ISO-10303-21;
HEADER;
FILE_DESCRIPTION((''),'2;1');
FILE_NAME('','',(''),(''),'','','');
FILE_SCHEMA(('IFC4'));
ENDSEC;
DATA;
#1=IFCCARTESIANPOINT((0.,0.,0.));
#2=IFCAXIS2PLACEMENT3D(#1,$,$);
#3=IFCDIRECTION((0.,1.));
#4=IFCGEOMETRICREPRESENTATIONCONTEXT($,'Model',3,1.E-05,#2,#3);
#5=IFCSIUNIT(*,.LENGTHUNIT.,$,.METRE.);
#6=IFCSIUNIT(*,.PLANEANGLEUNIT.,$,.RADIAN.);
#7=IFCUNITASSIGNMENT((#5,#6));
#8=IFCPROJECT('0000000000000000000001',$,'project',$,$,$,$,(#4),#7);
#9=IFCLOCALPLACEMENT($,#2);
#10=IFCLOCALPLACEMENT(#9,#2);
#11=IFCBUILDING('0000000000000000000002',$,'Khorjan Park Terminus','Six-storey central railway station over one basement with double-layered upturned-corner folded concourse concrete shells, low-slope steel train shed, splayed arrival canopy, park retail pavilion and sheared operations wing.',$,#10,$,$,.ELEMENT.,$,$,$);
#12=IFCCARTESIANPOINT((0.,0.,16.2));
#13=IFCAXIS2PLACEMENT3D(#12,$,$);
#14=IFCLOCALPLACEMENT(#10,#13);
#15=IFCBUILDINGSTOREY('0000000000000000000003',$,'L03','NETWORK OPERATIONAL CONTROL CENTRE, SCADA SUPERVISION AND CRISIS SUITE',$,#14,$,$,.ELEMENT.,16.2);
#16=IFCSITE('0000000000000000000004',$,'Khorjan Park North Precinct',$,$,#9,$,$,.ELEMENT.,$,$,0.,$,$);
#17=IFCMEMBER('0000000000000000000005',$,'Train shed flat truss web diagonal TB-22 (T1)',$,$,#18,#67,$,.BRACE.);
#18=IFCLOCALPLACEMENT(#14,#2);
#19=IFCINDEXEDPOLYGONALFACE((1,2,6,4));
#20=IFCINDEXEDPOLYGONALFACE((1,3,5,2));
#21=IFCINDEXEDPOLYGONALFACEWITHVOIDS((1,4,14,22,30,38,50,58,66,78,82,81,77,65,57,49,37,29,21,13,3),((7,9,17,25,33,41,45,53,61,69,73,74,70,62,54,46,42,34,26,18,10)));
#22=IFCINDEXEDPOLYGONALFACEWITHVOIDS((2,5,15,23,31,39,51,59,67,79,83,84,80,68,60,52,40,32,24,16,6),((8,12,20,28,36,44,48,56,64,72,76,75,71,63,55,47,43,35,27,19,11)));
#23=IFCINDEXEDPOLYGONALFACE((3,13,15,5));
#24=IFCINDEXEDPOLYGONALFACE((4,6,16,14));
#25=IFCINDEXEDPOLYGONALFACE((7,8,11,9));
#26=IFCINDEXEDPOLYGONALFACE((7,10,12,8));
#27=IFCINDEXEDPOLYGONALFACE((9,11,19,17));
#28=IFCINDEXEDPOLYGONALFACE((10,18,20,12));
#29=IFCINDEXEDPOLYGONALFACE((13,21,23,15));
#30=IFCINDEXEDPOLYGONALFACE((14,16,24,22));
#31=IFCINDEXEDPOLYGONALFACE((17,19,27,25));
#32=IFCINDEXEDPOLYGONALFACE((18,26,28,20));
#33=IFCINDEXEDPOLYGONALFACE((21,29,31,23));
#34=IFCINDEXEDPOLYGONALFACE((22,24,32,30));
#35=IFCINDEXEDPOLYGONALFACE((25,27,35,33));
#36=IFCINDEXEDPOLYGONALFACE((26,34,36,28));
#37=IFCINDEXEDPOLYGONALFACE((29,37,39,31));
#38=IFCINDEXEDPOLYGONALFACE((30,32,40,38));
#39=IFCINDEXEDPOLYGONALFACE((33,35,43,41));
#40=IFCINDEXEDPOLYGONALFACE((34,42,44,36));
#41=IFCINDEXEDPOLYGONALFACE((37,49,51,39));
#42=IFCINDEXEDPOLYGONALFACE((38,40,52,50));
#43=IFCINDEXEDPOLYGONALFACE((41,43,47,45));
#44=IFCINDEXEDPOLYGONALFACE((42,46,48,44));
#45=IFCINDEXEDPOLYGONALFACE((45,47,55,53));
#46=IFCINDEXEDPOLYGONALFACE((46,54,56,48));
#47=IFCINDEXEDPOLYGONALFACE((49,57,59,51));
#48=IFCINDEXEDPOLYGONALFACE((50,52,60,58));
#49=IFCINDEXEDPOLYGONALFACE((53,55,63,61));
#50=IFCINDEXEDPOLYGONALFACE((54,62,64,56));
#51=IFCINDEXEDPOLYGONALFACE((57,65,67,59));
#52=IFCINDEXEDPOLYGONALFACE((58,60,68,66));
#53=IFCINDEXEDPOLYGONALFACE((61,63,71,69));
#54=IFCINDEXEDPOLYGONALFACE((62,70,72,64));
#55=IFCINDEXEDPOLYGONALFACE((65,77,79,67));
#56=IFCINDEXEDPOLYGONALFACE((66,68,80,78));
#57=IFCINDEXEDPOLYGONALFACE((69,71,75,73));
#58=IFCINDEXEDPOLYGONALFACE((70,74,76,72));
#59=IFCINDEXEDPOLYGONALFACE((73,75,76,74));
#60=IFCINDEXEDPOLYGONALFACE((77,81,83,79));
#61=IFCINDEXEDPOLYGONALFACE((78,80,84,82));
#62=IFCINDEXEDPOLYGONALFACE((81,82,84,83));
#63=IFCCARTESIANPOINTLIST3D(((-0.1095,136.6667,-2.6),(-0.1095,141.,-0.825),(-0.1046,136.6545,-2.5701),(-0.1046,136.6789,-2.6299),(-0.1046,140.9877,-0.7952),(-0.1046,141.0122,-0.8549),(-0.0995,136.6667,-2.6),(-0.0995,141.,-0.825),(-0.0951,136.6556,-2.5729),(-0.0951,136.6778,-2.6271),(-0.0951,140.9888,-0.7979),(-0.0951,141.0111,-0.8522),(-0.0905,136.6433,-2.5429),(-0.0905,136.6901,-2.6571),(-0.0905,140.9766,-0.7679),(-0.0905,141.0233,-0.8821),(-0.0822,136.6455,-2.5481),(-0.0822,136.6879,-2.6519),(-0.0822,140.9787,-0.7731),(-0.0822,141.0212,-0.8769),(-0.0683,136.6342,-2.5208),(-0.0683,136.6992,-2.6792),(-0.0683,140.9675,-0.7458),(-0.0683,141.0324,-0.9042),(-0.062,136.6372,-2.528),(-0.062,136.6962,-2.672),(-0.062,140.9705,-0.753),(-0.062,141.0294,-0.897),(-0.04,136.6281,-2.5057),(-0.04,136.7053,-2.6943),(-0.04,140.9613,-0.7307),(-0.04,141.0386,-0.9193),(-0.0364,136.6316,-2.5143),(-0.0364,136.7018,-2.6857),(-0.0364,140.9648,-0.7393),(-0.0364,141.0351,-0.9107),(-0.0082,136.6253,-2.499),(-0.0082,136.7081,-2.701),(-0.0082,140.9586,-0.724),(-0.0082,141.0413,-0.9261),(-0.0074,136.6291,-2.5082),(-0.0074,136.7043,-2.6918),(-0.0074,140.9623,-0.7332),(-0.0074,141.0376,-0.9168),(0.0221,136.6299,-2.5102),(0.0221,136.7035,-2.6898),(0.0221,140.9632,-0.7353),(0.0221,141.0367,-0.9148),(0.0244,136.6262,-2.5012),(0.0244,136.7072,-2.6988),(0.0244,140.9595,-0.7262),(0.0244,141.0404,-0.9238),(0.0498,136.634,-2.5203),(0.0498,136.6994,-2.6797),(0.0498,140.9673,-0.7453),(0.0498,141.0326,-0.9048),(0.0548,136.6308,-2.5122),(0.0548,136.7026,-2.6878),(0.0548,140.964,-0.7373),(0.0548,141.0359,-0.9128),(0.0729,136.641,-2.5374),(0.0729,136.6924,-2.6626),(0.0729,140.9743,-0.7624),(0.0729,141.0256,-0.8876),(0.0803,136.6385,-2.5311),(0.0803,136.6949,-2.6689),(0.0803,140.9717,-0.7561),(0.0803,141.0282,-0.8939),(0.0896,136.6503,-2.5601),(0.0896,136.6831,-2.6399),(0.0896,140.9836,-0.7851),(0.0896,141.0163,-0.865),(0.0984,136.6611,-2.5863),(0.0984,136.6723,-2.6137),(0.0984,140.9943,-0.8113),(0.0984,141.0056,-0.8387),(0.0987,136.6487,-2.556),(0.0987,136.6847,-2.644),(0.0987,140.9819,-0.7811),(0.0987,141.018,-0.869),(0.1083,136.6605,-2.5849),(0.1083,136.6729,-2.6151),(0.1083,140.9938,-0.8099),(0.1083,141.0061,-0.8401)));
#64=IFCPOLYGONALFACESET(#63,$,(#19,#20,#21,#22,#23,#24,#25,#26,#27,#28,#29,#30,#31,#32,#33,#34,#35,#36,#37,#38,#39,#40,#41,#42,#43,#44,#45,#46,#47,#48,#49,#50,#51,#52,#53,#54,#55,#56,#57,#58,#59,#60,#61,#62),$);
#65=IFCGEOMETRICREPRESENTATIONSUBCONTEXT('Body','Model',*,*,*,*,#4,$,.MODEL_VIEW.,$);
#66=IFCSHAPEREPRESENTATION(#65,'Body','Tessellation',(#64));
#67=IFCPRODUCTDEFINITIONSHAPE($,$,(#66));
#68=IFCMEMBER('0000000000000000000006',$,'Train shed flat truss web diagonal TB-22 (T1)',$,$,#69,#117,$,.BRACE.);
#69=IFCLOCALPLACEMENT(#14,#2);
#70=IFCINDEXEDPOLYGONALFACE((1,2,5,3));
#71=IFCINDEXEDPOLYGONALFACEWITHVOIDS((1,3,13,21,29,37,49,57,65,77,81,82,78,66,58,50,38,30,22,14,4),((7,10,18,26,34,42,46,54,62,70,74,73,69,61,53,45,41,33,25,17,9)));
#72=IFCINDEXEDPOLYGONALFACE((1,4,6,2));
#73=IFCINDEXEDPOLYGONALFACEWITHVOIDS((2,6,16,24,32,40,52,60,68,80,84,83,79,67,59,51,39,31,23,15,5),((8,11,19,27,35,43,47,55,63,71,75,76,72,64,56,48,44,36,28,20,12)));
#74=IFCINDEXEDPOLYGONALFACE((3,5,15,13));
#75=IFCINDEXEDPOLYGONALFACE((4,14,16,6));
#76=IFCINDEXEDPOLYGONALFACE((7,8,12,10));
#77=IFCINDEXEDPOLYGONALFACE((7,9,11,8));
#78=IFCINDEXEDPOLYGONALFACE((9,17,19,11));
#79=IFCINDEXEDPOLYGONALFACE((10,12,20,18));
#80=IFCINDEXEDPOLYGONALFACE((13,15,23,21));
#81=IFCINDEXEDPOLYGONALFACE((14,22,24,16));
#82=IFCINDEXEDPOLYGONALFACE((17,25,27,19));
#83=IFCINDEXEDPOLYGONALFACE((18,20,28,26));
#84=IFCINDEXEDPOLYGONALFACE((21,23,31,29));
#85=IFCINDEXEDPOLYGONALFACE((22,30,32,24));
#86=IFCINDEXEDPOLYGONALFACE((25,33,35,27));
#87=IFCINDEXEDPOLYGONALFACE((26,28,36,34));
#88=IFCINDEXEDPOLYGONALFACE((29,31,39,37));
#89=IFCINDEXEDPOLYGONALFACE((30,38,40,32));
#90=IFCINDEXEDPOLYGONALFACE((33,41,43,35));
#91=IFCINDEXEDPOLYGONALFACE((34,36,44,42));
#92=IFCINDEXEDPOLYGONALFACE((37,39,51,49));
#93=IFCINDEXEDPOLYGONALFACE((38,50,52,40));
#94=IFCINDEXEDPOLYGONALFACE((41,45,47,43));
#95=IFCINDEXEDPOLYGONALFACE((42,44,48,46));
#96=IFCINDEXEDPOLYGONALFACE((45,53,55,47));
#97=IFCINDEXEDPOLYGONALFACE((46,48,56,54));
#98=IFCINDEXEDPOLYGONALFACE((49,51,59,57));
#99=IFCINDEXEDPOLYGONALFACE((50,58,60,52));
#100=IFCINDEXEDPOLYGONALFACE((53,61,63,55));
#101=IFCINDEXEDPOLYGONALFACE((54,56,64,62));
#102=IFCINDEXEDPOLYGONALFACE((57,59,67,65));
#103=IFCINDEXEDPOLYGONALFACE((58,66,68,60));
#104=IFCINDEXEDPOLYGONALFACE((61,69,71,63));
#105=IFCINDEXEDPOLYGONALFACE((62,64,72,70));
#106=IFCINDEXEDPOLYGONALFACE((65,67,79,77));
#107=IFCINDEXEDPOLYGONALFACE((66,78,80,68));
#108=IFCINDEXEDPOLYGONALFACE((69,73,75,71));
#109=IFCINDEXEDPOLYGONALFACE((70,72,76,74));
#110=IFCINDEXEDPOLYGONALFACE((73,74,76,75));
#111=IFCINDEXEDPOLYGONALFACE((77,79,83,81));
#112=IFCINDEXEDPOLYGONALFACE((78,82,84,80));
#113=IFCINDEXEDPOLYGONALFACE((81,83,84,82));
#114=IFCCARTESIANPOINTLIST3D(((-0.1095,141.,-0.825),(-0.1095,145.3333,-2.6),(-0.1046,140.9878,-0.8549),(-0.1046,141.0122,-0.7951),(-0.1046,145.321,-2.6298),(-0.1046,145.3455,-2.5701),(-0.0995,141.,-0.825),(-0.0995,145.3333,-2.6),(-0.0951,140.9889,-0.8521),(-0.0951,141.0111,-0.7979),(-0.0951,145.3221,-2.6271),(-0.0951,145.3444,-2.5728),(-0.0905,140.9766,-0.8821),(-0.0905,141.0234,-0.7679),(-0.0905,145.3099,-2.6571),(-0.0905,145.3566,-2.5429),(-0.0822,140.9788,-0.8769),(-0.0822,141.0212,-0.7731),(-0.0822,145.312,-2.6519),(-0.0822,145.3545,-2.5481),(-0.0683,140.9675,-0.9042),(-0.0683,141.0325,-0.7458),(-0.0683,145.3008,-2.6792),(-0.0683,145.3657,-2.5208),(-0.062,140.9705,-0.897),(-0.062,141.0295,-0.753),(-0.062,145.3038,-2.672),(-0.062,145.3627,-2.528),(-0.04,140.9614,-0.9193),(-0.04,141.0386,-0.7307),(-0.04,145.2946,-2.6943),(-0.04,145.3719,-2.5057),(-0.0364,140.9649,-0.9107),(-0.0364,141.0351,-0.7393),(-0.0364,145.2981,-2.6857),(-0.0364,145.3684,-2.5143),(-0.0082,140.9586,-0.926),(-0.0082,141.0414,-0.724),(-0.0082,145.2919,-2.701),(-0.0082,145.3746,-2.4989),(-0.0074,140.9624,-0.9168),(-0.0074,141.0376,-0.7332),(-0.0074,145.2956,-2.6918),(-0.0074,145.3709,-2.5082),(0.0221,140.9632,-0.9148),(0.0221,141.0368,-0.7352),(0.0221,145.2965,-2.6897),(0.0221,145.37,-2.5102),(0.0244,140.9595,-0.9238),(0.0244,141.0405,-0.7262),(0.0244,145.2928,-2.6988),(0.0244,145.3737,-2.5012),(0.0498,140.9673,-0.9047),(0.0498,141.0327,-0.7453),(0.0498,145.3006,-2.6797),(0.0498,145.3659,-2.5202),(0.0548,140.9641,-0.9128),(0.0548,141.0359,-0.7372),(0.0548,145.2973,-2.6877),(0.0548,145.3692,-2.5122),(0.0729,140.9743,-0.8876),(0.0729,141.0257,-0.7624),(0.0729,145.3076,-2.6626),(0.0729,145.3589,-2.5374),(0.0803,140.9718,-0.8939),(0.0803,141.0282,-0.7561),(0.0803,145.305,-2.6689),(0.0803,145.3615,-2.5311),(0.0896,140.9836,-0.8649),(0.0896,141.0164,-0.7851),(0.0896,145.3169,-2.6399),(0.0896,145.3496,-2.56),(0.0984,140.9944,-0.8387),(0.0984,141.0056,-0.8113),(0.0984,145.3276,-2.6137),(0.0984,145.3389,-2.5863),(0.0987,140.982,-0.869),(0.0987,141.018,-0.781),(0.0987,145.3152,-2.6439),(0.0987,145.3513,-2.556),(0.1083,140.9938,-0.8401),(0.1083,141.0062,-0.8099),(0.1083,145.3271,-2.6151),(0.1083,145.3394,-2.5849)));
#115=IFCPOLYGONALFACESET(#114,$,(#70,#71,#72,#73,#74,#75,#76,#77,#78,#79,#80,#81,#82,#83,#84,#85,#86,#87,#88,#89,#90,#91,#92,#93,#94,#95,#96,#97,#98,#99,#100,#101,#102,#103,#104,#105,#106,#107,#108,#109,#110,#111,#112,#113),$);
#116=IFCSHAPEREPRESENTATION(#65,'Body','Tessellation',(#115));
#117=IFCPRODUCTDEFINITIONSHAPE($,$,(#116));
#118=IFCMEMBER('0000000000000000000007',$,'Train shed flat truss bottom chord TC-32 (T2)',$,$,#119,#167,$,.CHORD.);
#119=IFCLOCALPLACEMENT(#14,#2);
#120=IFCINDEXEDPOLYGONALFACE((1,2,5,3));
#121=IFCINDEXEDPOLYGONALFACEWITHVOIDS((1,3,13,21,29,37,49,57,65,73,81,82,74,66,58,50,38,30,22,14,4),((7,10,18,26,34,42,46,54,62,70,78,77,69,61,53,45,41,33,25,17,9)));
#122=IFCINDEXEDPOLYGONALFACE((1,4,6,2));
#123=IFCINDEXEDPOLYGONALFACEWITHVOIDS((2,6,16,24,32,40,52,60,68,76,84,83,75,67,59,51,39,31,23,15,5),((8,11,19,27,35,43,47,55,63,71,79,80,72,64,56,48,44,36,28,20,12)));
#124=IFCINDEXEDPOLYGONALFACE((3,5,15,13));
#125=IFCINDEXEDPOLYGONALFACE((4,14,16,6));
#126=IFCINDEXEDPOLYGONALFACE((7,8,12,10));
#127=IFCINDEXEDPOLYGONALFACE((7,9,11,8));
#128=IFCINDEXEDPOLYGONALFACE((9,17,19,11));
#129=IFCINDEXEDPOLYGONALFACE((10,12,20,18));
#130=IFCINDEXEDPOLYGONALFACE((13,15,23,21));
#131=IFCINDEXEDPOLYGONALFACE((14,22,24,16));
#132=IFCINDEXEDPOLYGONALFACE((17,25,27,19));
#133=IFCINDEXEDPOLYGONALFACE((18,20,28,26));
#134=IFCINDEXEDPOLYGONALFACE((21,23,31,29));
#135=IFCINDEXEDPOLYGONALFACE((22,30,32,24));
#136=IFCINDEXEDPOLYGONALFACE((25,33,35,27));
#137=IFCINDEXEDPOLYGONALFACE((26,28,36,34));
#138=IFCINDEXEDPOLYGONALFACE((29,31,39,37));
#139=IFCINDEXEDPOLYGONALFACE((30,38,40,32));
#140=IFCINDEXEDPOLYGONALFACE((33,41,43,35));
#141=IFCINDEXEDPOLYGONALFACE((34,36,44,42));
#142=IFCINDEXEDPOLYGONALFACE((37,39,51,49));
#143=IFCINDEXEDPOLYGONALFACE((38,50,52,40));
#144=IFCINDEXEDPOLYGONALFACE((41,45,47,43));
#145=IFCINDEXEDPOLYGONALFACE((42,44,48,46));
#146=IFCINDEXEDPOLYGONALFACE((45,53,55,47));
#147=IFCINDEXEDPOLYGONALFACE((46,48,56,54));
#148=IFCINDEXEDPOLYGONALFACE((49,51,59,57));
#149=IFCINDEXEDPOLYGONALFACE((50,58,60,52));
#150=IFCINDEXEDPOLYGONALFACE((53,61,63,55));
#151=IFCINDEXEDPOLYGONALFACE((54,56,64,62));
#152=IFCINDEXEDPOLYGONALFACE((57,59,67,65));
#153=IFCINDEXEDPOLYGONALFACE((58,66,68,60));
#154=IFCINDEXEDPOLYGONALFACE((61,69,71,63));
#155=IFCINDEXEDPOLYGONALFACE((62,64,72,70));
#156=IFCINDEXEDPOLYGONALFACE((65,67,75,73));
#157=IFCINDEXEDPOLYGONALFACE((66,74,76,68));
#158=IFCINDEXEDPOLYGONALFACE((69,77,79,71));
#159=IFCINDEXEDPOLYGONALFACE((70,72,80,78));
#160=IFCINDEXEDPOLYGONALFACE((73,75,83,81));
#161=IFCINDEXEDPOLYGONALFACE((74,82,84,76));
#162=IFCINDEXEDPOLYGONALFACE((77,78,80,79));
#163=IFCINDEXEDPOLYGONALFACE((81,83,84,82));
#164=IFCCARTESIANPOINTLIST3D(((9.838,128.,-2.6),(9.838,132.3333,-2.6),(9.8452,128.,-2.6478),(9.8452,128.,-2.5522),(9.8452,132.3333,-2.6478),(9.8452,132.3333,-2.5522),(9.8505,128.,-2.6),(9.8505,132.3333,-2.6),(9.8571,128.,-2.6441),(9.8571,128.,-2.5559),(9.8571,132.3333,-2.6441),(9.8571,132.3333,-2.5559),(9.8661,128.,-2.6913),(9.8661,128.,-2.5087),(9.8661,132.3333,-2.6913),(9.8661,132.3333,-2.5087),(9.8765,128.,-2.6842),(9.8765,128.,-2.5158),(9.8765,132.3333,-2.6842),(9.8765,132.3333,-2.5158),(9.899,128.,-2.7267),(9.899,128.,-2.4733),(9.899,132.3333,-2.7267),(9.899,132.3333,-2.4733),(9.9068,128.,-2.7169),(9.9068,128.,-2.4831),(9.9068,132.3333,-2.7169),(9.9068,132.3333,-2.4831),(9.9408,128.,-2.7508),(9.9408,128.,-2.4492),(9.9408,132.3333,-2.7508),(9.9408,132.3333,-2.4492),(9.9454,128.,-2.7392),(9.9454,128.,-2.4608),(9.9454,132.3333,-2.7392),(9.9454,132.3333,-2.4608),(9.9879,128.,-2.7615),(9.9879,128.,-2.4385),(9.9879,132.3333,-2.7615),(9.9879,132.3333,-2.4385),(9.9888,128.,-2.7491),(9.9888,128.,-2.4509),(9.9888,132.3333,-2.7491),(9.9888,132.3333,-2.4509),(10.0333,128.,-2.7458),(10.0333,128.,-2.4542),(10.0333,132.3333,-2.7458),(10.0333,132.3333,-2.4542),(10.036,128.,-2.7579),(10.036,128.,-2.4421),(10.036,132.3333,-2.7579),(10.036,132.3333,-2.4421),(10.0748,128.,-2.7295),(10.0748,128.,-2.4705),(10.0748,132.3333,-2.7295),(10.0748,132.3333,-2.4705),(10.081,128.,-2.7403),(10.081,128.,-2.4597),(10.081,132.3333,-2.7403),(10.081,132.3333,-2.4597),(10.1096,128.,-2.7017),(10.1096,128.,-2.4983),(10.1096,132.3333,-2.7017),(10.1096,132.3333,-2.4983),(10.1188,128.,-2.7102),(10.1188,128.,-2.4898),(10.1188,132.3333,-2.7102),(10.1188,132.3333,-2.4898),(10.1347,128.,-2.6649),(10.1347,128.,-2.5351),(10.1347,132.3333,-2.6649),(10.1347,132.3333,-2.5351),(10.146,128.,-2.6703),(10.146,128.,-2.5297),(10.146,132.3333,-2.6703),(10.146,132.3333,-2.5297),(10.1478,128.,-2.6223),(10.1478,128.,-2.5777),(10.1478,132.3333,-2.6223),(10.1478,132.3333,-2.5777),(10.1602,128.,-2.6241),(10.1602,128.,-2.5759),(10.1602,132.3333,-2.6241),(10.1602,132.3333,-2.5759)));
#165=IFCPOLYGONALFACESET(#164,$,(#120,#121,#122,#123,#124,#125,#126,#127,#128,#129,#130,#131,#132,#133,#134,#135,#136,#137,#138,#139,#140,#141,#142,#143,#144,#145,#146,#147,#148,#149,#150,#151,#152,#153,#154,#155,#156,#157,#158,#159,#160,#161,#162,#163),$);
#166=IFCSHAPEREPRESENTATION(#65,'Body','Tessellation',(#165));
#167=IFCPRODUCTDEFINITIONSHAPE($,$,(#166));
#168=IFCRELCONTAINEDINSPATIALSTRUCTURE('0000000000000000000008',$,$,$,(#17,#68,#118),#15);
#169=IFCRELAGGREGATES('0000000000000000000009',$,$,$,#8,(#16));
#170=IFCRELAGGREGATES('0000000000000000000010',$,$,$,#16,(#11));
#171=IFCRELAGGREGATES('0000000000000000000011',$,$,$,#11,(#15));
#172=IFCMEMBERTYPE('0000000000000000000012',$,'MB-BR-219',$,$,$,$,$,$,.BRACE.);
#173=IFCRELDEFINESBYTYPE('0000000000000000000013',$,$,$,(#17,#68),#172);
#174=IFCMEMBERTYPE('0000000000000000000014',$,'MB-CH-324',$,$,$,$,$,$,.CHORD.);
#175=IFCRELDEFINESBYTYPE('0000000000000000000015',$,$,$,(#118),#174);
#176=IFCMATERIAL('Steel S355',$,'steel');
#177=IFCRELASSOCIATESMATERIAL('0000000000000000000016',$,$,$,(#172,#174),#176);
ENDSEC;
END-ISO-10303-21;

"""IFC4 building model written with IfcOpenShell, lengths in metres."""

from ifc_helpers import new_model, si_unit, direction, frame, origin, origin_2d, place, context, subcontext, project, spatial, hollow_circle, extrude, material, material_profile, profile_set, type_object, element, save


model = new_model("IFC4")

# Units and contexts
model_context = context("Model", 3, precision=1e-05, world=origin(), true_north=direction((0.0, 1.0)))
body_context = subcontext(model_context, "Body", "Model", "MODEL_VIEW")
ifc_project = project(units=[si_unit("LENGTHUNIT", "METRE"), si_unit("PLANEANGLEUNIT", "RADIAN")], contexts=[model_context])

# Site, building, storey
site_placement = place(None, origin())
site = spatial("IfcSite", under=ifc_project, at=site_placement, Name="Khorjan Park North Precinct", CompositionType="ELEMENT", RefElevation=0.0)
building_placement = place(site_placement, origin())
building = spatial("IfcBuilding", under=site, at=building_placement, Name="Khorjan Park Terminus", Description="Six-storey central railway station over one basement with double-layered upturned-corner folded concourse concrete shells, low-slope steel train shed, splayed arrival canopy, park retail pavilion and sheared operations wing.", CompositionType="ELEMENT")
storey_placement = place(building_placement, frame((0.0, 0.0, 16.2)))
storey = spatial("IfcBuildingStorey", under=building, at=storey_placement, Name="L03", Description="NETWORK OPERATIONAL CONTROL CENTRE, SCADA SUPERVISION AND CRISIS SUITE", CompositionType="ELEMENT", Elevation=16.2)

# Members
ifc_material_1 = material(Name="Steel S355", Category="steel")
ifc_material_profile_1 = material_profile(ifc_material_1, hollow_circle(Radius=0.1095, WallThickness=0.01, at=origin_2d()), Name="CHS 219.1x10")
ifc_profile_set_1 = profile_set([ifc_material_profile_1], Name="Steel S355")
member_type_1 = type_object("IfcMemberType", Name="MB-BR-219", PredefinedType="BRACE", material=ifc_profile_set_1)
for number, where, z_axis, x_axis, name in (
    (1, (0.0, 136.6667, -2.6), (0.0, 0.925376, 0.379051), (-1.0, 0.0, 0.0), "Train shed flat truss web diagonal TB-22 (T1)"),
    (2, (0.0, 141.0, -0.825), (0.0, 0.925376, -0.379051), (-1.0, 0.0, 0.0), "Train shed flat truss web diagonal TB-22 (T1)"),
):
    element("IfcMember", number, at=place(storey_placement, frame(where, z_axis=z_axis, x_axis=x_axis)), inside=storey, type_object=member_type_1, Name=name, PredefinedType="BRACE", context=body_context, shape_type="SweptSolid", body=[
        extrude(hollow_circle(Radius=0.1095, WallThickness=0.01, at=origin_2d()), origin(), (0.0, 0.0, 1.0), 4.6827),
    ])
ifc_material_profile_2 = material_profile(ifc_material_1, hollow_circle(Radius=0.162, WallThickness=0.0125, at=origin_2d()), Name="CHS 323.9x12.5")
ifc_profile_set_2 = profile_set([ifc_material_profile_2], Name="Steel S355")
member_type_2 = type_object("IfcMemberType", Name="MB-CH-324", PredefinedType="CHORD", material=ifc_profile_set_2)
member_1_placement = place(storey_placement, frame((10.0, 128.0, -2.6), z_axis=(0.0, 1.0, 0.0), x_axis=(-1.0, 0.0, 0.0)))
element("IfcMember", 3, at=member_1_placement, inside=storey, type_object=member_type_2, Name="Train shed flat truss bottom chord TC-32 (T2)", PredefinedType="CHORD", context=body_context, shape_type="SweptSolid", body=[
    extrude(hollow_circle(Radius=0.162, WallThickness=0.0125, at=origin_2d()), origin(), (0.0, 0.0, 1.0), 4.3333),
])

save(model, "model.ifc")
